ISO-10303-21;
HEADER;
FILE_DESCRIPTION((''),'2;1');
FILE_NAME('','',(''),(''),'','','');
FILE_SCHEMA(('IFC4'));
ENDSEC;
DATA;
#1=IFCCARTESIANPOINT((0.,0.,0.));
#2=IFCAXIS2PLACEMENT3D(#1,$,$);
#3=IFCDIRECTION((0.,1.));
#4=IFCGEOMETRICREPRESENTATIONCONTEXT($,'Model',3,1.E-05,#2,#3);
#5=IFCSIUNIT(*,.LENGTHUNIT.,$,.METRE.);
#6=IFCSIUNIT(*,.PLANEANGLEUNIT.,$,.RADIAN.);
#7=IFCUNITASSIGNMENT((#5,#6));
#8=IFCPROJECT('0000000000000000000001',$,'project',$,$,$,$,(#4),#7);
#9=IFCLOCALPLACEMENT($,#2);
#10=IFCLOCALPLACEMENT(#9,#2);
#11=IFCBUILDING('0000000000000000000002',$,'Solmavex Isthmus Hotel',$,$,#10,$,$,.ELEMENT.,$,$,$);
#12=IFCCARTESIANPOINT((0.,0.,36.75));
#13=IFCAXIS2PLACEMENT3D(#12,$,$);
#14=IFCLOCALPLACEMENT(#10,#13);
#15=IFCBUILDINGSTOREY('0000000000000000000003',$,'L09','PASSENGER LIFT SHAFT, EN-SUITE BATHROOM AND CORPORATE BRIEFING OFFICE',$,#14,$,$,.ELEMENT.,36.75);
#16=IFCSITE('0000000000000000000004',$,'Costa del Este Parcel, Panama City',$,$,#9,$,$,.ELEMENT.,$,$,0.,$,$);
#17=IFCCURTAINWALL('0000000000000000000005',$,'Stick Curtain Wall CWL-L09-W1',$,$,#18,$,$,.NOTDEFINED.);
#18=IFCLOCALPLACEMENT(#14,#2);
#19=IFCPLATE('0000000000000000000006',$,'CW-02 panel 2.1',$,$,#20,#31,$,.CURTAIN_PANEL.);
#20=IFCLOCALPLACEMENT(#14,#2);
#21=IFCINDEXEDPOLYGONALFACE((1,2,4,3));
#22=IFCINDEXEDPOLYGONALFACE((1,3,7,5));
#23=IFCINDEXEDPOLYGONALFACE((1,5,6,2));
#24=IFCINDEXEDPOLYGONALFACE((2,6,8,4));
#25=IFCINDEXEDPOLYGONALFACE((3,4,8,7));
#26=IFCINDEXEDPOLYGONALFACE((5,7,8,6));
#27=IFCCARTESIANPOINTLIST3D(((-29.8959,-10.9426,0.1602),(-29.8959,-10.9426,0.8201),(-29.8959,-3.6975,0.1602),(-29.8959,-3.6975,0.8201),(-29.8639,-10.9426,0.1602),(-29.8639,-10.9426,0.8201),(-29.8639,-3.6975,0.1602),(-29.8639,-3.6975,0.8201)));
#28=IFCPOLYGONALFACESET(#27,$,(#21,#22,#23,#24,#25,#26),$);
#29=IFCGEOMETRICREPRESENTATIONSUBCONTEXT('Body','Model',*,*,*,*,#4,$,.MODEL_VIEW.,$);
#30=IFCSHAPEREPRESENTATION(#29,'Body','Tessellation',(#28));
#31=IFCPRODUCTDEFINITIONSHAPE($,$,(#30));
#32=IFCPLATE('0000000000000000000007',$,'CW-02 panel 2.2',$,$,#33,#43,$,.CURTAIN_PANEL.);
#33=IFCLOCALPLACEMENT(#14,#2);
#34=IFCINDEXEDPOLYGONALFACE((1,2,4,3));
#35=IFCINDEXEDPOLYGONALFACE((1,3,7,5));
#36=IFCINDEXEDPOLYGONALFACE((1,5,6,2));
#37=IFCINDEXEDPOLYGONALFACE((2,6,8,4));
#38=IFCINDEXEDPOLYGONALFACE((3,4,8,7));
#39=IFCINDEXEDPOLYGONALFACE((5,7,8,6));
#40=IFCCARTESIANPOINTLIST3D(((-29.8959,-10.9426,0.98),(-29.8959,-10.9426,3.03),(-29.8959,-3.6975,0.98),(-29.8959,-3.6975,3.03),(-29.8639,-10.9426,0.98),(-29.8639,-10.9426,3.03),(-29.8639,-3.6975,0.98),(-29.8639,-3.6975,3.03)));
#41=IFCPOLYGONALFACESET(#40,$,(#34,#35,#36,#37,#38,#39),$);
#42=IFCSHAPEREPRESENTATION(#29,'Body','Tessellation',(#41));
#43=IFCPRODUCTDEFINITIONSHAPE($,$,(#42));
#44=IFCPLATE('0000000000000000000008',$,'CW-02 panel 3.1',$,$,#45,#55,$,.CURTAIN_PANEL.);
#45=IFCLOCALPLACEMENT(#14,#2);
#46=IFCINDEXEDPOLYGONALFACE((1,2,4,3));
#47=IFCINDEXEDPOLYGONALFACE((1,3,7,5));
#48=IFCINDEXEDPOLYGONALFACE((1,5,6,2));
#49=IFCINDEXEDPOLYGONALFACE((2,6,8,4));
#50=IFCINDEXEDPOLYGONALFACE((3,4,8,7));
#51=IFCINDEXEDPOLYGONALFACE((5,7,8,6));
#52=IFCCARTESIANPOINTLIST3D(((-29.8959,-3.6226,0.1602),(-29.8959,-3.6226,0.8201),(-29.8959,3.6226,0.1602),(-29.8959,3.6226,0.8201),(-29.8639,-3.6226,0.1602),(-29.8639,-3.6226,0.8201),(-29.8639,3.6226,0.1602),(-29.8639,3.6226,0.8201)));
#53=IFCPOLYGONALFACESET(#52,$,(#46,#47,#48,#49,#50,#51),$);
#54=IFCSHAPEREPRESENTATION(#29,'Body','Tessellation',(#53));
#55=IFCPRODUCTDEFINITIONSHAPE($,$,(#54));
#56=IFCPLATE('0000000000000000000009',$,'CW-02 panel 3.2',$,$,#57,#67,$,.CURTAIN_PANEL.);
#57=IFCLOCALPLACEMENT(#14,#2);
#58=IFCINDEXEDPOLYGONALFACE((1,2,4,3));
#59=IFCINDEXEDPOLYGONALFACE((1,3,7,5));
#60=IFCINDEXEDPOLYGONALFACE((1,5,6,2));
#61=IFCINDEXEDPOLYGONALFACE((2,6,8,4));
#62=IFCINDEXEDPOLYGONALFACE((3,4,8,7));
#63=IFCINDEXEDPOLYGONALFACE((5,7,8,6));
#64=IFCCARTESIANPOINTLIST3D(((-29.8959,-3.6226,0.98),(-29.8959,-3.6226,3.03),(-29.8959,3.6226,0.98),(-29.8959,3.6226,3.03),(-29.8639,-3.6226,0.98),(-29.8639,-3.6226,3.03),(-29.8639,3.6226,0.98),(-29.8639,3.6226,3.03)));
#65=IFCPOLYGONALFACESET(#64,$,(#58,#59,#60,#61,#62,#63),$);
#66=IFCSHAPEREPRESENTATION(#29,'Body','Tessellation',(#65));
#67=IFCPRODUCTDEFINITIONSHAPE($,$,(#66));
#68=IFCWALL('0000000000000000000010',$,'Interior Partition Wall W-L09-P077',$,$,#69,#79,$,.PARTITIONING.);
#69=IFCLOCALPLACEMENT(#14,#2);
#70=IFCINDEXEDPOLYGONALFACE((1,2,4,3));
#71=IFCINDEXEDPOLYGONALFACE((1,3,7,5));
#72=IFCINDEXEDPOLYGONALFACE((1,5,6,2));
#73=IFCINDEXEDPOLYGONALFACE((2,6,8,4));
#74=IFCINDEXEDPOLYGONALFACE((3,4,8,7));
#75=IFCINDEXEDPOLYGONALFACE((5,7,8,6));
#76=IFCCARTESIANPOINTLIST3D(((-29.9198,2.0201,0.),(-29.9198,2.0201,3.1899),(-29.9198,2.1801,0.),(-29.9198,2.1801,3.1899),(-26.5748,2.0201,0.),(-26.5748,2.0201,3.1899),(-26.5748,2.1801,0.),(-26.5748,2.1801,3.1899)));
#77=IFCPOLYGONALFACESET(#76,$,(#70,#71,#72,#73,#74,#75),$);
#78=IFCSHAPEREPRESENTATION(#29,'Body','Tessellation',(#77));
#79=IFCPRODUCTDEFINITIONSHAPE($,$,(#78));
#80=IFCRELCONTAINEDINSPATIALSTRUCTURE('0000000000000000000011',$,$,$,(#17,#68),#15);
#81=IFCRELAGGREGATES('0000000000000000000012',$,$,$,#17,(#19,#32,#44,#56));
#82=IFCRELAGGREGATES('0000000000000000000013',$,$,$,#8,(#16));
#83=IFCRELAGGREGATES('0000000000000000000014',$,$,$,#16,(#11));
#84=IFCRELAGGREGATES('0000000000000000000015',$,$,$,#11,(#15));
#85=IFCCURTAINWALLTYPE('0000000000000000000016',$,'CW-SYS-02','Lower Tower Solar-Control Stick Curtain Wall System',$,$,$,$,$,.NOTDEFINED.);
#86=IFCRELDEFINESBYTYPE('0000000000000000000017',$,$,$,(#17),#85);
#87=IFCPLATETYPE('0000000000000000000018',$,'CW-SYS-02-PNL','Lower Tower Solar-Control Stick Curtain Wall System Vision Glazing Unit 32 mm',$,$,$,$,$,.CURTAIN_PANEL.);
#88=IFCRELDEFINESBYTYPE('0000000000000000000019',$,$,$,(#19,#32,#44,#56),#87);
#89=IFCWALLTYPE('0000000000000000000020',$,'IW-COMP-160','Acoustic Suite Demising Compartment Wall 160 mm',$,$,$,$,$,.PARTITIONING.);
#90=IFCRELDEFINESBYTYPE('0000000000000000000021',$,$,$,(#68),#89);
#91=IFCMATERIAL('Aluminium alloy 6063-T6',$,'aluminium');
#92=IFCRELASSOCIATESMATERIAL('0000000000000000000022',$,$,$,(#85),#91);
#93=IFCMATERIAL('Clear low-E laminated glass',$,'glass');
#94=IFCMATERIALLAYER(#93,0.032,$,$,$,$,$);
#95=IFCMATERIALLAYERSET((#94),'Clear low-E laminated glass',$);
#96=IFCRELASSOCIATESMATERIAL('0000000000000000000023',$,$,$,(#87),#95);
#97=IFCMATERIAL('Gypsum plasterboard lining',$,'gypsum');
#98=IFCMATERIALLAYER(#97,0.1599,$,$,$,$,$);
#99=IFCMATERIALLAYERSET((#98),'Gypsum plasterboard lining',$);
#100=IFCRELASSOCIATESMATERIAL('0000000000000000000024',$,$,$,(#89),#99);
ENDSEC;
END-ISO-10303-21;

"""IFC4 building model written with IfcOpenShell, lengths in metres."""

from ifc_helpers import new_model, si_unit, direction, frame, frame_2d, origin, origin_2d, place, context, subcontext, project, spatial, rectangle, extrude, material, layer, layer_set, type_object, element, aggregate, save


model = new_model("IFC4")

# Units and contexts
model_context = context("Model", 3, precision=1e-05, world=origin(), true_north=direction((0.0, 1.0)))
body_context = subcontext(model_context, "Body", "Model", "MODEL_VIEW")
ifc_project = project(units=[si_unit("LENGTHUNIT", "METRE"), si_unit("PLANEANGLEUNIT", "RADIAN")], contexts=[model_context])

# Site, building, storey
site_placement = place(None, origin())
site = spatial("IfcSite", under=ifc_project, at=site_placement, Name="Costa del Este Parcel, Panama City", CompositionType="ELEMENT", RefElevation=0.0)
building_placement = place(site_placement, origin())
building = spatial("IfcBuilding", under=site, at=building_placement, Name="Solmavex Isthmus Hotel", CompositionType="ELEMENT")
storey_placement = place(building_placement, frame((0.0, 0.0, 36.75)))
storey = spatial("IfcBuildingStorey", under=building, at=storey_placement, Name="L09", Description="PASSENGER LIFT SHAFT, EN-SUITE BATHROOM AND CORPORATE BRIEFING OFFICE", CompositionType="ELEMENT", Elevation=36.75)

# Curtain wall, plates
ifc_material_1 = material(Name="Aluminium alloy 6063-T6", Category="aluminium")
curtain_wall_type = type_object("IfcCurtainWallType", Name="CW-SYS-02", Description="Lower Tower Solar-Control Stick Curtain Wall System", PredefinedType="NOTDEFINED", material=ifc_material_1)
curtain_wall_placement = place(storey_placement, origin())
curtain_wall = element("IfcCurtainWall", 1, at=curtain_wall_placement, inside=storey, type_object=curtain_wall_type, Name="Stick Curtain Wall CWL-L09-W1", PredefinedType="NOTDEFINED")
ifc_material_2 = material(Name="Clear low-E laminated glass", Category="glass")
ifc_layer_1 = layer(ifc_material_2, 0.032)
ifc_layer_set_1 = layer_set([ifc_layer_1], Name="Clear low-E laminated glass")
plate_type = type_object("IfcPlateType", Name="CW-SYS-02-PNL", Description="Lower Tower Solar-Control Stick Curtain Wall System Vision Glazing Unit 32 mm", PredefinedType="CURTAIN_PANEL", material=ifc_layer_set_1)
plate_1_placement = place(storey_placement, frame((-29.8799, -7.3201, 0.1602), z_axis=(0.0, 0.0, 1.0), x_axis=(0.0, 1.0, 0.0)))
plate_1 = element("IfcPlate", 2, at=plate_1_placement, type_object=plate_type, Name="CW-02 panel 2.1", PredefinedType="CURTAIN_PANEL", context=body_context, shape_type="SweptSolid", body=[
    extrude(rectangle(XDim=7.2451, YDim=0.032, at=origin_2d()), origin(), (0.0, 0.0, 1.0), 0.6599),
])
plate_2_placement = place(storey_placement, frame((-29.8799, -7.3201, 0.98), z_axis=(0.0, 0.0, 1.0), x_axis=(0.0, 1.0, 0.0)))
plate_2 = element("IfcPlate", 3, at=plate_2_placement, type_object=plate_type, Name="CW-02 panel 2.2", PredefinedType="CURTAIN_PANEL", context=body_context, shape_type="SweptSolid", body=[
    extrude(rectangle(XDim=7.2451, YDim=0.032, at=origin_2d()), origin(), (0.0, 0.0, 1.0), 2.05),
])
plate_3_placement = place(storey_placement, frame((-29.8799, 0.0, 0.1602), z_axis=(0.0, 0.0, 1.0), x_axis=(0.0, 1.0, 0.0)))
plate_3 = element("IfcPlate", 4, at=plate_3_placement, type_object=plate_type, Name="CW-02 panel 3.1", PredefinedType="CURTAIN_PANEL", context=body_context, shape_type="SweptSolid", body=[
    extrude(rectangle(XDim=7.2451, YDim=0.032, at=origin_2d()), origin(), (0.0, 0.0, 1.0), 0.6599),
])
plate_4_placement = place(storey_placement, frame((-29.8799, 0.0, 0.98), z_axis=(0.0, 0.0, 1.0), x_axis=(0.0, 1.0, 0.0)))
plate_4 = element("IfcPlate", 5, at=plate_4_placement, type_object=plate_type, Name="CW-02 panel 3.2", PredefinedType="CURTAIN_PANEL", context=body_context, shape_type="SweptSolid", body=[
    extrude(rectangle(XDim=7.2451, YDim=0.032, at=origin_2d()), origin(), (0.0, 0.0, 1.0), 2.05),
])
aggregate(curtain_wall, [plate_1, plate_2, plate_3, plate_4])

# Wall
ifc_material_3 = material(Name="Gypsum plasterboard lining", Category="gypsum")
ifc_layer_2 = layer(ifc_material_3, 0.1599)
ifc_layer_set_2 = layer_set([ifc_layer_2], Name="Gypsum plasterboard lining")
wall_type = type_object("IfcWallType", Name="IW-COMP-160", Description="Acoustic Suite Demising Compartment Wall 160 mm", PredefinedType="PARTITIONING", material=ifc_layer_set_2)
wall_placement = place(storey_placement, frame((-26.575, 2.1001, 0.0), z_axis=(0.0, 0.0, 1.0), x_axis=(-1.0, 0.0, 0.0)))
element("IfcWall", 6, at=wall_placement, inside=storey, type_object=wall_type, Name="Interior Partition Wall W-L09-P077", PredefinedType="PARTITIONING", context=body_context, shape_type="SweptSolid", body=[
    extrude(rectangle(XDim=3.345, YDim=0.1599, at=frame_2d((1.6724, 0.0))), origin(), (0.0, 0.0, 1.0), 3.1899),
])

save(model, "model.ifc")
